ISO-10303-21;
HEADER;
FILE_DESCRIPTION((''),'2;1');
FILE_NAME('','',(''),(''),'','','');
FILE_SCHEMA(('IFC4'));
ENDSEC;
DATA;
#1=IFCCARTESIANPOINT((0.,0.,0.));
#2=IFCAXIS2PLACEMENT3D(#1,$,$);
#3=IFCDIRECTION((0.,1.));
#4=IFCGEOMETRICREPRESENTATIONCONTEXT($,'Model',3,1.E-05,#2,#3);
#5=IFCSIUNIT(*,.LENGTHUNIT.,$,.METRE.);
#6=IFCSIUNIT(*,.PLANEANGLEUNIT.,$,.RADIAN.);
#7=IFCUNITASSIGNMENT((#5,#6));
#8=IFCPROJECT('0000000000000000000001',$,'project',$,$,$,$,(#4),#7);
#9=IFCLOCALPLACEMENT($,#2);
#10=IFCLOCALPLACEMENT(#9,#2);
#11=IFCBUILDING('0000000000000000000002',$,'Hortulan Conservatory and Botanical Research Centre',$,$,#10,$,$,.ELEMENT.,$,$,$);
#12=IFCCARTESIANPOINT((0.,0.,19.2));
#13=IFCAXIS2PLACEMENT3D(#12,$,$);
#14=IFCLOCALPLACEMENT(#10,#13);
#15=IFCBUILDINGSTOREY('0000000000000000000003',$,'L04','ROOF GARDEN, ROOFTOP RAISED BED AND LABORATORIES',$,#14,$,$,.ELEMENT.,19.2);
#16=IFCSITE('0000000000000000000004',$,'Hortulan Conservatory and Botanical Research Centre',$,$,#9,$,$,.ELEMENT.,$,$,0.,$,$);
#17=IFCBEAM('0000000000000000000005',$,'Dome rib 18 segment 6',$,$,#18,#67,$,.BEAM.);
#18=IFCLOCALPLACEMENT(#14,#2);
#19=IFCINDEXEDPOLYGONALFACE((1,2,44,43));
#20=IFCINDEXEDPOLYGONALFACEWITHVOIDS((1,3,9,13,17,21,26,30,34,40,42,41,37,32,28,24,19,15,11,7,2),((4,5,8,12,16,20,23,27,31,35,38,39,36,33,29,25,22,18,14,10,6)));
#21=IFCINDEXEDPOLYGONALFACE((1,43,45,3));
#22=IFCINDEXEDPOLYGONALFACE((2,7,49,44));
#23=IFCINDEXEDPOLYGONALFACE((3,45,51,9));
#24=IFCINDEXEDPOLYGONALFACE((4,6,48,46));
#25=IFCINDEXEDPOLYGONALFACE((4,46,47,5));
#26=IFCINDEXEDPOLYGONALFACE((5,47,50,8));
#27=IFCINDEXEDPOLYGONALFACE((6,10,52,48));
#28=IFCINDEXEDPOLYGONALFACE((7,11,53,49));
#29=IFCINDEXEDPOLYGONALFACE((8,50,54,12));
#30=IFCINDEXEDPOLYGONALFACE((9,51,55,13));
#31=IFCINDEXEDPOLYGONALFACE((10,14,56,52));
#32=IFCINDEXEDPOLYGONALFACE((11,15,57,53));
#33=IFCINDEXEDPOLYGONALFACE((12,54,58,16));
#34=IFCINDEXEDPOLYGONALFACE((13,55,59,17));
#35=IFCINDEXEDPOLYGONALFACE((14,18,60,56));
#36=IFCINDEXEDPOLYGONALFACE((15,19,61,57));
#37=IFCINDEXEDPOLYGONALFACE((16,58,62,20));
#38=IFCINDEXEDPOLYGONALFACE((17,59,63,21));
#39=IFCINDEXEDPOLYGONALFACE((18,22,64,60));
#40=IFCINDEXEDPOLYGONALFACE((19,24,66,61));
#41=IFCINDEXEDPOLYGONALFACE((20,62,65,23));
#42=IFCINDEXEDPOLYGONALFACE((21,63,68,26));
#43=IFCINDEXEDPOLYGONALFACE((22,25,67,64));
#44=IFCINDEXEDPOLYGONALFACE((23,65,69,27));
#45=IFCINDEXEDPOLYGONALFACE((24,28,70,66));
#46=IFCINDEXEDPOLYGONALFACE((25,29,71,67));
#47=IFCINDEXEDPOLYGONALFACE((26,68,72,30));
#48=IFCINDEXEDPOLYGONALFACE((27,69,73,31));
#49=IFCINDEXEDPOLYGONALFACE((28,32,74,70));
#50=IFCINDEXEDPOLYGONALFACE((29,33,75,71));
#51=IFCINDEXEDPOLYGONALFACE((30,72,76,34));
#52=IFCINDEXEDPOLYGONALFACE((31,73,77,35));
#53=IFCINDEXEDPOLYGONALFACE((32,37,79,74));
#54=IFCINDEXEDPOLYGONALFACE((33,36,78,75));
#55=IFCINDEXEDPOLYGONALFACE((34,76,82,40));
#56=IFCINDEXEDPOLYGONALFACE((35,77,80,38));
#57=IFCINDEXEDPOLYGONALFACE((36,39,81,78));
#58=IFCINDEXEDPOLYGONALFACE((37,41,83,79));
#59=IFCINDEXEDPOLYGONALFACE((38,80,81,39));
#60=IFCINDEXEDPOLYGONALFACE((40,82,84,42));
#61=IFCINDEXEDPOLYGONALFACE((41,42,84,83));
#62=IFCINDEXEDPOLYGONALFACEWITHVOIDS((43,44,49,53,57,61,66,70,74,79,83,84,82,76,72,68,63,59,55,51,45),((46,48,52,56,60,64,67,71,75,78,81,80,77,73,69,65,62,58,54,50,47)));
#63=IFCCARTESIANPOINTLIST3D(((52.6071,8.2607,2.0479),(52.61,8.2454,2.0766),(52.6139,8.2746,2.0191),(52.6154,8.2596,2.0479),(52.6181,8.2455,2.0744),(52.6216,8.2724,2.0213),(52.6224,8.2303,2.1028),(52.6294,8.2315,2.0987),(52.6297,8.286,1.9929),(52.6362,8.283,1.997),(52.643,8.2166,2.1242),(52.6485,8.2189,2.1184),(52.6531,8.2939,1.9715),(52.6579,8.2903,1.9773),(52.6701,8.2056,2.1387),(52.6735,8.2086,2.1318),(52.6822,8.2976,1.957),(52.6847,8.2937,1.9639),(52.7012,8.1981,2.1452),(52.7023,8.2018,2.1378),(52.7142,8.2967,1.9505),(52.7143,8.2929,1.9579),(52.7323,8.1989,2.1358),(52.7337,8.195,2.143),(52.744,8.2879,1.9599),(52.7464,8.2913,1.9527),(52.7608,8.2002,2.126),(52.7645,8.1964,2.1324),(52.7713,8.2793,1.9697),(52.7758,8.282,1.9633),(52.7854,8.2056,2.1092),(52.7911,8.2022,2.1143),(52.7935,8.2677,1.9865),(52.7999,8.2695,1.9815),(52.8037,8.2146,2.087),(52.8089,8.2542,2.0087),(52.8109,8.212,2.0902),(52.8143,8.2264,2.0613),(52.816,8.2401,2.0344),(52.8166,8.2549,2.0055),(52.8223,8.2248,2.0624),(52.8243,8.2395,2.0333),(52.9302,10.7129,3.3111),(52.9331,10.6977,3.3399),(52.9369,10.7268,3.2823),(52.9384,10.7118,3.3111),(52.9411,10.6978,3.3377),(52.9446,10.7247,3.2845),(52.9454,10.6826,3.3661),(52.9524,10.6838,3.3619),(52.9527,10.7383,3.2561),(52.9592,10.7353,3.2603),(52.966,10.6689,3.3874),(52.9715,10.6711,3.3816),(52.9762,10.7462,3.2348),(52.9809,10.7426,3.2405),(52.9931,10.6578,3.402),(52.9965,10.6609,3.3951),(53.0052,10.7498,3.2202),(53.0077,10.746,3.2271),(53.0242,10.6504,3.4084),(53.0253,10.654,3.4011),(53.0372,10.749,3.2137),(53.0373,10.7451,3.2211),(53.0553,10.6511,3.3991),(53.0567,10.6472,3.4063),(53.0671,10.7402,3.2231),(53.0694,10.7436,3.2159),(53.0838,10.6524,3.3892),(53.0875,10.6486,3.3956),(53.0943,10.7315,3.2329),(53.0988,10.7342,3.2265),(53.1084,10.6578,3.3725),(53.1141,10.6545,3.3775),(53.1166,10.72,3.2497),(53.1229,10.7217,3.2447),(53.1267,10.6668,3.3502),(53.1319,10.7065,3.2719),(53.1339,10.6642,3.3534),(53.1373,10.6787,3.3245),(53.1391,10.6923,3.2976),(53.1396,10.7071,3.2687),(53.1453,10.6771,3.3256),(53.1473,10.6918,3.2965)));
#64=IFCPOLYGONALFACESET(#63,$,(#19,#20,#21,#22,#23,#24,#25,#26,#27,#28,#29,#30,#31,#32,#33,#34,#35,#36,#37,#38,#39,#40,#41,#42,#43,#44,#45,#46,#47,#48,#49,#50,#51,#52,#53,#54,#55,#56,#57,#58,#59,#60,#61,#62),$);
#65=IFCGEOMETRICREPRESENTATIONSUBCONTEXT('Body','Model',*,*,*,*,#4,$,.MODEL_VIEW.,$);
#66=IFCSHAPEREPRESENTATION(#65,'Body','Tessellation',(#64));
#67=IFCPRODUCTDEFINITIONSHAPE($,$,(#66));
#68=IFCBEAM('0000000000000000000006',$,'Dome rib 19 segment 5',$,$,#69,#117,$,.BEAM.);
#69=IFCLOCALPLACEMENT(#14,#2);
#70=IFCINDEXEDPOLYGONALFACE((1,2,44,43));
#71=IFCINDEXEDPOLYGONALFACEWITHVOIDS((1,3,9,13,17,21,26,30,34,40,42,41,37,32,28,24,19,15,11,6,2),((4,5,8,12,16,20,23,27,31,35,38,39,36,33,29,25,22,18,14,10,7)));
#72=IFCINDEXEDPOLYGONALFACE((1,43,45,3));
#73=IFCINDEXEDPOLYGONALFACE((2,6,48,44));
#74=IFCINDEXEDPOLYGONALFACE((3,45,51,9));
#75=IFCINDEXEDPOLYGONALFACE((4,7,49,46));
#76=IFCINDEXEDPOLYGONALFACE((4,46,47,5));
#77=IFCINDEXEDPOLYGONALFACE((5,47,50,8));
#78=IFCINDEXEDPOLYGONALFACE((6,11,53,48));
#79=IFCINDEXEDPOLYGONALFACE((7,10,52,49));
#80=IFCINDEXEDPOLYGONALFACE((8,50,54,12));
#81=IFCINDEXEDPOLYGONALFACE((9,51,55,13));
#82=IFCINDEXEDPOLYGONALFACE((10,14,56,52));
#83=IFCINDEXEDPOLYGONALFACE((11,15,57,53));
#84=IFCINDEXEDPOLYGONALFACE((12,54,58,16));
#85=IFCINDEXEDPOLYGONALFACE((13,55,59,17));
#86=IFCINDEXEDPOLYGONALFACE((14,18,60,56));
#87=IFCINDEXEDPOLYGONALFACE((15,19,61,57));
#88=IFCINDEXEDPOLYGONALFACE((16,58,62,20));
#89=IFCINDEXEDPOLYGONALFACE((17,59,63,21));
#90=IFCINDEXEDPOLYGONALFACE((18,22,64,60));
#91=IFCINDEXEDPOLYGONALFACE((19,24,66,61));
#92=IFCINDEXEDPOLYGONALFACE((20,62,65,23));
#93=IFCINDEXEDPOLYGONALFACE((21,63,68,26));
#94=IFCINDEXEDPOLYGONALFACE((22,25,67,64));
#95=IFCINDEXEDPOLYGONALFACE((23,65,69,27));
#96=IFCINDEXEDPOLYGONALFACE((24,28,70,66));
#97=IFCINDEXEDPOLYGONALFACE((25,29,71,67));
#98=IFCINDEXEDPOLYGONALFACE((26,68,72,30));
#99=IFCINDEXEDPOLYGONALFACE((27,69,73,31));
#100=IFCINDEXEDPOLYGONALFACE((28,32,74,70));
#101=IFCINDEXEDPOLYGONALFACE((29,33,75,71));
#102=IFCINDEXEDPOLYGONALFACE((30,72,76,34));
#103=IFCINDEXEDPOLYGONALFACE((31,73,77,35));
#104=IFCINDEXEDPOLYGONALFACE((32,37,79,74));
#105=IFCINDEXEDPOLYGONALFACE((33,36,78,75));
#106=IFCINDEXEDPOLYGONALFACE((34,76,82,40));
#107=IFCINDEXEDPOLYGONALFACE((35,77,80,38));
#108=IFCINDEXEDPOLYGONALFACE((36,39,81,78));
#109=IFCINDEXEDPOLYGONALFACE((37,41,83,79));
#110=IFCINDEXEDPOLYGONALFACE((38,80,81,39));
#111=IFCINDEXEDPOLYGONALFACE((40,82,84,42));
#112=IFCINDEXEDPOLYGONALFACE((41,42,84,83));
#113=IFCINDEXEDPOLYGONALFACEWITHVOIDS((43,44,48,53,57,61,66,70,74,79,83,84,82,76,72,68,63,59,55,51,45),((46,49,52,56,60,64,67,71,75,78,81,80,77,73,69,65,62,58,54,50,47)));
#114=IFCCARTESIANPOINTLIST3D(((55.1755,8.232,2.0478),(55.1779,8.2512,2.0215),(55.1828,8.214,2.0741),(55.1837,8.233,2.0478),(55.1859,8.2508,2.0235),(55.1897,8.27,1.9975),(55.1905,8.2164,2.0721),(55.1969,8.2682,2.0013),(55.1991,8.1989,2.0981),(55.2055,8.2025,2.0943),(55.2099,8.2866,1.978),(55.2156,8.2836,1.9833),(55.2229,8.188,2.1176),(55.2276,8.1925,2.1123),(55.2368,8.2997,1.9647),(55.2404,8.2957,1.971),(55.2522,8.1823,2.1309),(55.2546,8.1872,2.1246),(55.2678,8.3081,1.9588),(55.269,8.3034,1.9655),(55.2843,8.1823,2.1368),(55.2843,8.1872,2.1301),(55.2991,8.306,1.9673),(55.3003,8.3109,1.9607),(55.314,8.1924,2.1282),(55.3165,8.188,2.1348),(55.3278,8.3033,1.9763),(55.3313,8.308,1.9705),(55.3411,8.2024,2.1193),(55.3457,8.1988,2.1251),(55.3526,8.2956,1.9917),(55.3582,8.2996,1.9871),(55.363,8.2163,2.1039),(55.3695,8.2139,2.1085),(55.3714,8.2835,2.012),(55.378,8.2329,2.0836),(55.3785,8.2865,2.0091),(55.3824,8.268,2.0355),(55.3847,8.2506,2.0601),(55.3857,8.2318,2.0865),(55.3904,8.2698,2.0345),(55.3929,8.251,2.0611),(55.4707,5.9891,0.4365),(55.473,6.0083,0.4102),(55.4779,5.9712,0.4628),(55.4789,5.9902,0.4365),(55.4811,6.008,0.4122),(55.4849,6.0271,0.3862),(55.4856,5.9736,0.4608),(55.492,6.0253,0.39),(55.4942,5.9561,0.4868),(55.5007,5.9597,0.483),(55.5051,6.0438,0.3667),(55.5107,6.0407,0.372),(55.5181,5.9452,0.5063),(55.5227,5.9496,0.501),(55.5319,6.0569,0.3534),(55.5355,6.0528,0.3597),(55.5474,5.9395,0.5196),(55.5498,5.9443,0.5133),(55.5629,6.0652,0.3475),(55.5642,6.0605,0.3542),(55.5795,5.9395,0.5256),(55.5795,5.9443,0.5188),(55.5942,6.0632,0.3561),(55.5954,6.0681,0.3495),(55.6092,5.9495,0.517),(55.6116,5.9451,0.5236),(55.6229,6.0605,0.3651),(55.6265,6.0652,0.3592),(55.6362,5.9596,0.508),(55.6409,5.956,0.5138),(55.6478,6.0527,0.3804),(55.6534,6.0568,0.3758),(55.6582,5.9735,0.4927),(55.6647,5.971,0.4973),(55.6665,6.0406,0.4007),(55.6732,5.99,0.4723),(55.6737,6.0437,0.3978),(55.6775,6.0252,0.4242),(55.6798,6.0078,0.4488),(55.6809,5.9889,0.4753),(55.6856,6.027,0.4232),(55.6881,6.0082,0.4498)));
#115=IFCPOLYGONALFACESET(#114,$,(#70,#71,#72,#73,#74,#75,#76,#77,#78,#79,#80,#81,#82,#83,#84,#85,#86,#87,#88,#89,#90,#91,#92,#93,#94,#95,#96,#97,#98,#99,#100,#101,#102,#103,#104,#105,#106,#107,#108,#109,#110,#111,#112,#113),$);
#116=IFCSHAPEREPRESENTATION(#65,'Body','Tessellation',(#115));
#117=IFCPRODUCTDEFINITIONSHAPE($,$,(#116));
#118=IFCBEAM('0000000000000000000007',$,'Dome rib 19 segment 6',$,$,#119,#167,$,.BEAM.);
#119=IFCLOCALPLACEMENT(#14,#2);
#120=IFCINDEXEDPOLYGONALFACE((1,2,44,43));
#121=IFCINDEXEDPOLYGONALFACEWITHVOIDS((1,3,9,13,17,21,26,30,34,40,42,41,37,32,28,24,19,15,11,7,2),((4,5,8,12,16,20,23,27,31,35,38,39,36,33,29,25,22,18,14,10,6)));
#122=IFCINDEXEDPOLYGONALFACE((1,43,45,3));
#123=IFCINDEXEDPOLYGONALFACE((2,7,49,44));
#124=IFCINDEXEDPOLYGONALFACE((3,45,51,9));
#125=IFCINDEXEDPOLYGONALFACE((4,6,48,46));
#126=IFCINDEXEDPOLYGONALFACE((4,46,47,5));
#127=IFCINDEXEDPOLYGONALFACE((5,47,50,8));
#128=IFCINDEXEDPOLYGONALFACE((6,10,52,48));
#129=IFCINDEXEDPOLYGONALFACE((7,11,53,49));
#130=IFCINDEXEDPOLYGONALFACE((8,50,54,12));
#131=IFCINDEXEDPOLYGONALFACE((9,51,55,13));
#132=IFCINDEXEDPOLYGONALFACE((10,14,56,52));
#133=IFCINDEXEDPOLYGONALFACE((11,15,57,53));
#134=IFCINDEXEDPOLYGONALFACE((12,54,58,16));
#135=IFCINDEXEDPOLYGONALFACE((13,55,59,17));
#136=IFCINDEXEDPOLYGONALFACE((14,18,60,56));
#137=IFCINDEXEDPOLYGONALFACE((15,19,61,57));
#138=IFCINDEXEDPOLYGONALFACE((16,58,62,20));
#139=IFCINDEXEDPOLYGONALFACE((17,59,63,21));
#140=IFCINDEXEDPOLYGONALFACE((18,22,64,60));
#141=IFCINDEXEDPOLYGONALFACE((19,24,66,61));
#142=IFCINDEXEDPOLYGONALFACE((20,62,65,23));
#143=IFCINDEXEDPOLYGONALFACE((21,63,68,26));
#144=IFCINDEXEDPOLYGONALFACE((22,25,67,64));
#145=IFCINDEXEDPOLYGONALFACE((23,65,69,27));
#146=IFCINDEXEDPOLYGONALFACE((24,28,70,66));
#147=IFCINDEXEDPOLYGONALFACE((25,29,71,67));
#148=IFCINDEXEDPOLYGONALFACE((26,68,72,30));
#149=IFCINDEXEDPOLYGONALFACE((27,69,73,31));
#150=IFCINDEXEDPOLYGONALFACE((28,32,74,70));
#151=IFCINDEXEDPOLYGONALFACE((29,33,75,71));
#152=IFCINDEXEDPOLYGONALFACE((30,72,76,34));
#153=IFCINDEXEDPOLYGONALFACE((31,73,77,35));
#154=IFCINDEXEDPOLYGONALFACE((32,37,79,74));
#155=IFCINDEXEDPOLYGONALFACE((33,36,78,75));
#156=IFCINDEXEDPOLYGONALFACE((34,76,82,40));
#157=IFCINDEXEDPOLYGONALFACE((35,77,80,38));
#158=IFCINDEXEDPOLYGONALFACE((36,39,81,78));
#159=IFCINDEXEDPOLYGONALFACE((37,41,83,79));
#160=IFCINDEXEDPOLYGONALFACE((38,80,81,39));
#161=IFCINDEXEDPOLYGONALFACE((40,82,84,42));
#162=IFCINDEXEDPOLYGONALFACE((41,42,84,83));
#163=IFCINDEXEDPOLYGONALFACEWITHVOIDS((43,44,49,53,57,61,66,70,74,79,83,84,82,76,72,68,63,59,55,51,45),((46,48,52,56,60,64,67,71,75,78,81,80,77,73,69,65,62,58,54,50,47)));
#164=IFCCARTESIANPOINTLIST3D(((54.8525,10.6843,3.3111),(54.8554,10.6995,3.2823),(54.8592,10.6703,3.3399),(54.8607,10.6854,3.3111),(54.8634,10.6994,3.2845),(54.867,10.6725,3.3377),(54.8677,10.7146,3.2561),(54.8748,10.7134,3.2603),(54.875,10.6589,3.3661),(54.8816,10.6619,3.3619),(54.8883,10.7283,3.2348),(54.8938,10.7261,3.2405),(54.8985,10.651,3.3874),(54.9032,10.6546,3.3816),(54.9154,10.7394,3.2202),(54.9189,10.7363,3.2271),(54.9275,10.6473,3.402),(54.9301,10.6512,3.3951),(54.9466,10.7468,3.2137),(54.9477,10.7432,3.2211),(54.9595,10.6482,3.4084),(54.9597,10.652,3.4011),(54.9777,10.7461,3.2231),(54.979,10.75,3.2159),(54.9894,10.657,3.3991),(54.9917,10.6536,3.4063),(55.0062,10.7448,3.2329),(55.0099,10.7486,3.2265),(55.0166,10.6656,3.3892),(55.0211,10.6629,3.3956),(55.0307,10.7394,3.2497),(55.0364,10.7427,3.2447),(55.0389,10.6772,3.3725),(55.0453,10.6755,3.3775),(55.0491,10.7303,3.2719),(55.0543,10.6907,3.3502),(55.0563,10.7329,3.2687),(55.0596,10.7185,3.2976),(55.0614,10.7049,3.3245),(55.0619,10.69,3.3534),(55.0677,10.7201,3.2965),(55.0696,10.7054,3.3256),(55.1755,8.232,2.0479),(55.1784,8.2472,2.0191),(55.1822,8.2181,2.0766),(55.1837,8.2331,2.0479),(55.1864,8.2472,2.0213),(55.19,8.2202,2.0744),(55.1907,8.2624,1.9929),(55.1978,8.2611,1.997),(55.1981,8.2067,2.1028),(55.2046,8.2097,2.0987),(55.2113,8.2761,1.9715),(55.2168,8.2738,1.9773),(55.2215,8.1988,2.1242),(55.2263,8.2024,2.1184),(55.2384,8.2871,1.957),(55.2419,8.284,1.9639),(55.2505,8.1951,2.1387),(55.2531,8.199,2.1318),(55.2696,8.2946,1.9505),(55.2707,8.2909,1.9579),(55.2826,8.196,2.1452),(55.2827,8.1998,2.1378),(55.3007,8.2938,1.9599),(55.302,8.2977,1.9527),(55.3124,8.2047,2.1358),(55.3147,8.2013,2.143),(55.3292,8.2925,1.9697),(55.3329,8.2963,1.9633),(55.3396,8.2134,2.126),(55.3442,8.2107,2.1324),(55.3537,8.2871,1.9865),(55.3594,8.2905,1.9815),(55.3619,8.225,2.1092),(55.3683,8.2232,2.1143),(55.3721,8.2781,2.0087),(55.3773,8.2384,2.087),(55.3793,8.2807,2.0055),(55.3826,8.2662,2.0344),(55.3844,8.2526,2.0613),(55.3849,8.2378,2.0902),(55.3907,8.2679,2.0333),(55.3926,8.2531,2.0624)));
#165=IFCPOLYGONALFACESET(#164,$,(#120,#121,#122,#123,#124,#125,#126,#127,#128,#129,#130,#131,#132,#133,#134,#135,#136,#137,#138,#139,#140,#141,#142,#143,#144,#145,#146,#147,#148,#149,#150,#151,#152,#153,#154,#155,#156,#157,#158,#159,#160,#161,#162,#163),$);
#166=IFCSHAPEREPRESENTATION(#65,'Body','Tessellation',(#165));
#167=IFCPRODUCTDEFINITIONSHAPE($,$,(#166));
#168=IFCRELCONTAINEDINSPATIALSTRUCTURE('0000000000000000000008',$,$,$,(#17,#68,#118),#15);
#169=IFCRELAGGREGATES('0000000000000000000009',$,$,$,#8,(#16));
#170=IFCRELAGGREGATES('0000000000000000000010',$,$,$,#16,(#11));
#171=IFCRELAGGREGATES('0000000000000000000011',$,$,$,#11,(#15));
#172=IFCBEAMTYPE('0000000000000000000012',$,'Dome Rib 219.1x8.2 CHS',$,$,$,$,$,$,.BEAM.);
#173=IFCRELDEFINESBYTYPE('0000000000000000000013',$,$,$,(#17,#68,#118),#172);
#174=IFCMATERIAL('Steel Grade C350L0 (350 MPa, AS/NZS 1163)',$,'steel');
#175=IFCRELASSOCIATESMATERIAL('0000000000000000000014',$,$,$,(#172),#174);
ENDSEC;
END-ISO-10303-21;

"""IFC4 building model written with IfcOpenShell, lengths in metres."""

from ifc_helpers import new_model, si_unit, direction, frame, origin, origin_2d, place, context, subcontext, project, spatial, hollow_circle, extrude, material, material_profile, profile_set, type_object, element, save


model = new_model("IFC4")

# Units and contexts
model_context = context("Model", 3, precision=1e-05, world=origin(), true_north=direction((0.0, 1.0)))
body_context = subcontext(model_context, "Body", "Model", "MODEL_VIEW")
ifc_project = project(units=[si_unit("LENGTHUNIT", "METRE"), si_unit("PLANEANGLEUNIT", "RADIAN")], contexts=[model_context])

# Site, building, storey
site_placement = place(None, origin())
site = spatial("IfcSite", under=ifc_project, at=site_placement, Name="Hortulan Conservatory and Botanical Research Centre", CompositionType="ELEMENT", RefElevation=0.0)
building_placement = place(site_placement, origin())
building = spatial("IfcBuilding", under=site, at=building_placement, Name="Hortulan Conservatory and Botanical Research Centre", CompositionType="ELEMENT")
storey_placement = place(building_placement, frame((0.0, 0.0, 19.2)))
storey = spatial("IfcBuildingStorey", under=building, at=storey_placement, Name="L04", Description="ROOF GARDEN, ROOFTOP RAISED BED AND LABORATORIES", CompositionType="ELEMENT", Elevation=19.2)

# Beams
ifc_material_1 = material(Name="Steel Grade C350L0 (350 MPa, AS/NZS 1163)", Category="steel")
ifc_material_profile_1 = material_profile(ifc_material_1, hollow_circle(Radius=0.1096, WallThickness=0.0083, at=origin_2d()), Name="219.1x8.2CHS")
ifc_profile_set_1 = profile_set([ifc_material_profile_1], Name="Steel Grade C350L0 (350 MPa, AS/NZS 1163)")
beam_type = type_object("IfcBeamType", Name="Dome Rib 219.1x8.2 CHS", PredefinedType="BEAM", material=ifc_profile_set_1)
for number, where, z_axis, x_axis, name in (
    (1, (52.7158, 8.2463, 2.0479), (0.116302, 0.882948, 0.454836), (-0.991436, 0.130592, 0.0), "Dome rib 18 segment 6"),
    (2, (55.5793, 6.0034, 0.4365), (-0.106273, 0.807548, 0.580148), (-0.991452, -0.130474, 0.0), "Dome rib 19 segment 5"),
    (3, (55.2842, 8.2463, 2.0479), (-0.116302, 0.882948, 0.454836), (-0.991436, -0.130592, 0.0), "Dome rib 19 segment 6"),
):
    element("IfcBeam", number, at=place(storey_placement, frame(where, z_axis=z_axis, x_axis=x_axis)), inside=storey, type_object=beam_type, Name=name, PredefinedType="BEAM", context=body_context, shape_type="SweptSolid", body=[
        extrude(hollow_circle(Radius=0.1096, WallThickness=0.0083, at=origin_2d()), origin(), (0.0, 0.0, 1.0), 2.7773),
    ])

save(model, "model.ifc")
